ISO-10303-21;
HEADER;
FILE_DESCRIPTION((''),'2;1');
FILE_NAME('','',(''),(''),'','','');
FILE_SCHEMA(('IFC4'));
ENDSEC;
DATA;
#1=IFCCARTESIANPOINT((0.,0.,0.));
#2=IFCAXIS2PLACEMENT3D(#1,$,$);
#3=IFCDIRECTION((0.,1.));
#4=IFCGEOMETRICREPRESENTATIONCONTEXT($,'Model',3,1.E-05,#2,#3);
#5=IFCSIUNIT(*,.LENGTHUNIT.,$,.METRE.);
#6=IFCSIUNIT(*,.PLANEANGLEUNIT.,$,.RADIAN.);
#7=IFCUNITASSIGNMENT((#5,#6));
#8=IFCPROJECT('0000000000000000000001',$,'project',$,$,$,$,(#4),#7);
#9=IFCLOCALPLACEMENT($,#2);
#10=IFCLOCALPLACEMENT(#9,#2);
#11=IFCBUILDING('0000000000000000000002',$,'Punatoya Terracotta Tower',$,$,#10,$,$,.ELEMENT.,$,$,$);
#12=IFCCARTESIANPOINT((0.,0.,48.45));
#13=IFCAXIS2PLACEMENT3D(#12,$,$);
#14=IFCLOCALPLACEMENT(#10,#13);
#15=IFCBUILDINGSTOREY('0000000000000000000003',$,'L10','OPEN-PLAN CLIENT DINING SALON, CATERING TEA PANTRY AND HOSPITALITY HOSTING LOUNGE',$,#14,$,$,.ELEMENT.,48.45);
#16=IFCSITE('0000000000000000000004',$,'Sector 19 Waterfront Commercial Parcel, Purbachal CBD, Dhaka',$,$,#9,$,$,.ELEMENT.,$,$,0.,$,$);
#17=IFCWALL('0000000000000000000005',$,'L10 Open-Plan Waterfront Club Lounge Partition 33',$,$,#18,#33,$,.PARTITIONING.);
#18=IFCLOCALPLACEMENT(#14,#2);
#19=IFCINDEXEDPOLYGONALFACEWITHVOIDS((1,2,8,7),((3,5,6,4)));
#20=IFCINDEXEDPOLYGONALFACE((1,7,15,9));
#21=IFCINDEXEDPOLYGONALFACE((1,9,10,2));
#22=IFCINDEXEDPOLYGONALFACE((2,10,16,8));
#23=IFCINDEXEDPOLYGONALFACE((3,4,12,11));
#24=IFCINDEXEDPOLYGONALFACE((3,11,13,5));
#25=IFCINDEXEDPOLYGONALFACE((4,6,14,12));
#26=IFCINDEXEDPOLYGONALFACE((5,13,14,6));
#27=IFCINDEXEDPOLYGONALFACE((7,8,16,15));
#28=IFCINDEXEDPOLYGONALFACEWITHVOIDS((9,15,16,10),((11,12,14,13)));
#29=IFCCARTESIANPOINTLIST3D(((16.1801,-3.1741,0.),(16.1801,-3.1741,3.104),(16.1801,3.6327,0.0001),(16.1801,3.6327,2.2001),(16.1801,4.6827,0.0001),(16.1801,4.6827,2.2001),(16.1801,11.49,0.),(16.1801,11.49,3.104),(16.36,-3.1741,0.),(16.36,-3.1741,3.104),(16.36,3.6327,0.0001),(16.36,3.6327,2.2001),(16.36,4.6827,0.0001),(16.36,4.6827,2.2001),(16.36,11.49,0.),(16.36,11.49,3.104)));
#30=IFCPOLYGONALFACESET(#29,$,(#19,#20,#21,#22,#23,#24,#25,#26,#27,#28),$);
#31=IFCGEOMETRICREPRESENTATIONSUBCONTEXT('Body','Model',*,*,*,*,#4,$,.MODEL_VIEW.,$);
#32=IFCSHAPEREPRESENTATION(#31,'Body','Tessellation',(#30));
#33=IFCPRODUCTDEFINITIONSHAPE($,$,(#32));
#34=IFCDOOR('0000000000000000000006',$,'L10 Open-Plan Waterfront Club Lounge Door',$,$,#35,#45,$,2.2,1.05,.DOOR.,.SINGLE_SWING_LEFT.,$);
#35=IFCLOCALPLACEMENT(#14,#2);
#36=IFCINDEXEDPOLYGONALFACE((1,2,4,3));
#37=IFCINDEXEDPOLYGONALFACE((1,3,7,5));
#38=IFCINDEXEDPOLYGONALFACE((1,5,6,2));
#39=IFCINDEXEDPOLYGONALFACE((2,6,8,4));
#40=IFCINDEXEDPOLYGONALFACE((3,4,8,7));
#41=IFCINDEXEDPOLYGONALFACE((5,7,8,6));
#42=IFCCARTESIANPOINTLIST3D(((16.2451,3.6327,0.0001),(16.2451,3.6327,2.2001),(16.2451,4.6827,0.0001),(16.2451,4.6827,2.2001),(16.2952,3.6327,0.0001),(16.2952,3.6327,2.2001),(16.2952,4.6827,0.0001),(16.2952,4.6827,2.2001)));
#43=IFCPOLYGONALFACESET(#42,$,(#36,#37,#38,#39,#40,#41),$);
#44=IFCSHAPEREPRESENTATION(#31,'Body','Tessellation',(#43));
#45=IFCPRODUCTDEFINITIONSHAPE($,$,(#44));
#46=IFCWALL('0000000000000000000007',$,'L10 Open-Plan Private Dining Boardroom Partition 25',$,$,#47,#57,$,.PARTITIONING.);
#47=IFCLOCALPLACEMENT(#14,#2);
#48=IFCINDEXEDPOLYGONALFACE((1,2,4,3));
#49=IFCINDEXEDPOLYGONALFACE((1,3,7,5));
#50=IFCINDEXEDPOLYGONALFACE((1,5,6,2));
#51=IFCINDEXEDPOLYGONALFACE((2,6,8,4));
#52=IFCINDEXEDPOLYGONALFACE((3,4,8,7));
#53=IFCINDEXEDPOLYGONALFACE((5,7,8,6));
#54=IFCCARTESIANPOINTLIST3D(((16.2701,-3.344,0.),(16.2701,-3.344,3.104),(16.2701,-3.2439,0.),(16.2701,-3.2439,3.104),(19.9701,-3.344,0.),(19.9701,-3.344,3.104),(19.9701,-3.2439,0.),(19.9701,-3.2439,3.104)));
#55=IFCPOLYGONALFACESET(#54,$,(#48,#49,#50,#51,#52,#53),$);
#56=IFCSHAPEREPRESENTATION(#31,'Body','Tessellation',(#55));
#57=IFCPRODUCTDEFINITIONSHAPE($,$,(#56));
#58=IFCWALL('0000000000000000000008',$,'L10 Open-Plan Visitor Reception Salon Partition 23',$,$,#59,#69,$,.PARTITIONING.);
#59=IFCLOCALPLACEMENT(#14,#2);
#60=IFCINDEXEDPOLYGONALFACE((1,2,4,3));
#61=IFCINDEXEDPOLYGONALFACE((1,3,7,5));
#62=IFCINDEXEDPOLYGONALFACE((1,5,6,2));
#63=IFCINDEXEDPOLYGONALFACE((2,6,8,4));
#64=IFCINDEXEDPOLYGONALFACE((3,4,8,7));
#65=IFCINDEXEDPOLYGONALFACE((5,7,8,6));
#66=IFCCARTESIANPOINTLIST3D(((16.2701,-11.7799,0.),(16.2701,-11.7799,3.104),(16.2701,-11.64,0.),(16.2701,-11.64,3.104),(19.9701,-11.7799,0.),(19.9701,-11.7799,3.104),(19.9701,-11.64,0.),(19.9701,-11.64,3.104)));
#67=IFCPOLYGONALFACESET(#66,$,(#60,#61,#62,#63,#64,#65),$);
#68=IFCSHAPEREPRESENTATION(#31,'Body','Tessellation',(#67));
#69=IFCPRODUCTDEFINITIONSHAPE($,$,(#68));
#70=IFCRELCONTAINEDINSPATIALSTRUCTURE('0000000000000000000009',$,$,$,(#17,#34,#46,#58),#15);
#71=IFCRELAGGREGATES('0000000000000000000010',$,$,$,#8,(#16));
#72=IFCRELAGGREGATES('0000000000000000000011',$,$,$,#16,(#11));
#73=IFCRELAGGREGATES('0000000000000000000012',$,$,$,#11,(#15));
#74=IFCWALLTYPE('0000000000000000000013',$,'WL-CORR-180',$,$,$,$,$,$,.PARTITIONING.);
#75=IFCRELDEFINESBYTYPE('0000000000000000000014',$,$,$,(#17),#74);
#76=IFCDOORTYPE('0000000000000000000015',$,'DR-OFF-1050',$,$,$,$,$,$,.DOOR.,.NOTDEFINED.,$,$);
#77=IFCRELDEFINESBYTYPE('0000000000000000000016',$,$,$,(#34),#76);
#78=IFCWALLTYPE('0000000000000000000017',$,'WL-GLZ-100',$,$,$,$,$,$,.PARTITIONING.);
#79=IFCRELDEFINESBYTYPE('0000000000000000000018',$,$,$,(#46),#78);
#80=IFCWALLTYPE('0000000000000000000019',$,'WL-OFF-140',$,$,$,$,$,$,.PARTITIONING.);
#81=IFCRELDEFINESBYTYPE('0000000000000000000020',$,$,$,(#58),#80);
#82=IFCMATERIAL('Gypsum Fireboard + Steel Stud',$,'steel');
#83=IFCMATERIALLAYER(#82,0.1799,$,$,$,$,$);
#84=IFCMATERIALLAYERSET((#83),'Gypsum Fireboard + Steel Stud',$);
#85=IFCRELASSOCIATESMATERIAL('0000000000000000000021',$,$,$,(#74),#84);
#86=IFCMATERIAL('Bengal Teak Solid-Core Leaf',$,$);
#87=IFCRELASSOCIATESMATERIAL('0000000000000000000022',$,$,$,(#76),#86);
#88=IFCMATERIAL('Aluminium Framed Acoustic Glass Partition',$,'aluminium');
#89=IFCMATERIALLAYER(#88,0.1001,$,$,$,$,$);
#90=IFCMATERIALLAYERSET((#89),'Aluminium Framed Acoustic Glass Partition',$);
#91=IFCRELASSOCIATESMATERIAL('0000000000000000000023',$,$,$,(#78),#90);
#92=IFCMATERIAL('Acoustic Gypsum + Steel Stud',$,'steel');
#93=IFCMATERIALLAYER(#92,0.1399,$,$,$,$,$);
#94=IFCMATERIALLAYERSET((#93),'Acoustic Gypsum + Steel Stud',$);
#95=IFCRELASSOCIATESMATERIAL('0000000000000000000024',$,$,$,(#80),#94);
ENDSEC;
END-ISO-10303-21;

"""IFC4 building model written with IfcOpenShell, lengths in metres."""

from ifc_helpers import new_model, si_unit, direction, frame, frame_2d, origin, place, context, subcontext, project, spatial, rectangle, extrude, material, layer, layer_set, type_object, element, fill, save


model = new_model("IFC4")

# Units and contexts
model_context = context("Model", 3, precision=1e-05, world=origin(), true_north=direction((0.0, 1.0)))
body_context = subcontext(model_context, "Body", "Model", "MODEL_VIEW")
ifc_project = project(units=[si_unit("LENGTHUNIT", "METRE"), si_unit("PLANEANGLEUNIT", "RADIAN")], contexts=[model_context])

# Site, building, storey
site_placement = place(None, origin())
site = spatial("IfcSite", under=ifc_project, at=site_placement, Name="Sector 19 Waterfront Commercial Parcel, Purbachal CBD, Dhaka", CompositionType="ELEMENT", RefElevation=0.0)
building_placement = place(site_placement, origin())
building = spatial("IfcBuilding", under=site, at=building_placement, Name="Punatoya Terracotta Tower", CompositionType="ELEMENT")
storey_placement = place(building_placement, frame((0.0, 0.0, 48.45)))
storey = spatial("IfcBuildingStorey", under=building, at=storey_placement, Name="L10", Description="OPEN-PLAN CLIENT DINING SALON, CATERING TEA PANTRY AND HOSPITALITY HOSTING LOUNGE", CompositionType="ELEMENT", Elevation=48.45)

# Wall, opening, door
ifc_material_1 = material(Name="Gypsum Fireboard + Steel Stud", Category="steel")
ifc_layer_1 = layer(ifc_material_1, 0.1799)
ifc_layer_set_1 = layer_set([ifc_layer_1], Name="Gypsum Fireboard + Steel Stud")
wall_type_1 = type_object("IfcWallType", Name="WL-CORR-180", PredefinedType="PARTITIONING", material=ifc_layer_set_1)
ifc_material_2 = material(Name="Bengal Teak Solid-Core Leaf")
door_type_1 = type_object("IfcDoorType", Name="DR-OFF-1050", OperationType="NOTDEFINED", PredefinedType="DOOR", material=ifc_material_2)
wall_1_placement = place(storey_placement, frame((16.27, -3.1741, 0.0), z_axis=(0.0, 0.0, 1.0), x_axis=(0.0, 1.0, 0.0)))
wall_1 = element("IfcWall", 1, at=wall_1_placement, inside=storey, type_object=wall_type_1, Name="L10 Open-Plan Waterfront Club Lounge Partition 33", PredefinedType="PARTITIONING", context=body_context, shape_type="SweptSolid", body=[
    extrude(rectangle(XDim=14.6641, YDim=0.1799, at=frame_2d((7.332, 0.0))), origin(), (0.0, 0.0, 1.0), 3.104),
])
opening_1_placement = place(wall_1_placement, frame((6.8069, 0.0, 0.0)))
opening_1 = element("IfcOpeningElement", 2, at=opening_1_placement, cuts=wall_1, PredefinedType="OPENING", context=body_context, shape_type="SweptSolid", body=[
    extrude(rectangle(XDim=1.05, YDim=2.2, at=frame_2d((0.5249, 1.1001))), frame((0.0, 0.0999, 0.0), z_axis=(0.0, -1.0, 0.0), x_axis=(1.0, 0.0, 0.0)), (0.0, 0.0, 1.0), 0.2),
])
door_1_placement = place(opening_1_placement, origin())
door_1 = element("IfcDoor", 3, at=door_1_placement, inside=storey, type_object=door_type_1, Name="L10 Open-Plan Waterfront Club Lounge Door", OperationType="SINGLE_SWING_LEFT", OverallHeight=2.2, OverallWidth=1.05, PredefinedType="DOOR", context=body_context, shape_type="SweptSolid", body=[
    extrude(rectangle(XDim=1.05, YDim=2.2, at=frame_2d((0.5249, 1.1001))), frame((0.0, 0.0249, 0.0), z_axis=(0.0, -1.0, 0.0), x_axis=(1.0, 0.0, 0.0)), (0.0, 0.0, 1.0), 0.05),
])
fill(opening_1, door_1)

# Walls
ifc_material_3 = material(Name="Aluminium Framed Acoustic Glass Partition", Category="aluminium")
ifc_layer_2 = layer(ifc_material_3, 0.1001)
ifc_layer_set_2 = layer_set([ifc_layer_2], Name="Aluminium Framed Acoustic Glass Partition")
wall_type_2 = type_object("IfcWallType", Name="WL-GLZ-100", PredefinedType="PARTITIONING", material=ifc_layer_set_2)
wall_2_placement = place(storey_placement, frame((16.27, -3.2939, 0.0), z_axis=(0.0, 0.0, 1.0), x_axis=(1.0, 0.0, 0.0)))
element("IfcWall", 4, at=wall_2_placement, inside=storey, type_object=wall_type_2, Name="L10 Open-Plan Private Dining Boardroom Partition 25", PredefinedType="PARTITIONING", context=body_context, shape_type="SweptSolid", body=[
    extrude(rectangle(XDim=3.7, YDim=0.1001, at=frame_2d((1.8501, 0.0))), origin(), (0.0, 0.0, 1.0), 3.104),
])
ifc_material_4 = material(Name="Acoustic Gypsum + Steel Stud", Category="steel")
ifc_layer_3 = layer(ifc_material_4, 0.1399)
ifc_layer_set_3 = layer_set([ifc_layer_3], Name="Acoustic Gypsum + Steel Stud")
wall_type_3 = type_object("IfcWallType", Name="WL-OFF-140", PredefinedType="PARTITIONING", material=ifc_layer_set_3)
wall_3_placement = place(storey_placement, frame((16.27, -11.71, 0.0), z_axis=(0.0, 0.0, 1.0), x_axis=(1.0, 0.0, 0.0)))
element("IfcWall", 5, at=wall_3_placement, inside=storey, type_object=wall_type_3, Name="L10 Open-Plan Visitor Reception Salon Partition 23", PredefinedType="PARTITIONING", context=body_context, shape_type="SweptSolid", body=[
    extrude(rectangle(XDim=3.7, YDim=0.1399, at=frame_2d((1.8501, 0.0))), origin(), (0.0, 0.0, 1.0), 3.104),
])

save(model, "model.ifc")
